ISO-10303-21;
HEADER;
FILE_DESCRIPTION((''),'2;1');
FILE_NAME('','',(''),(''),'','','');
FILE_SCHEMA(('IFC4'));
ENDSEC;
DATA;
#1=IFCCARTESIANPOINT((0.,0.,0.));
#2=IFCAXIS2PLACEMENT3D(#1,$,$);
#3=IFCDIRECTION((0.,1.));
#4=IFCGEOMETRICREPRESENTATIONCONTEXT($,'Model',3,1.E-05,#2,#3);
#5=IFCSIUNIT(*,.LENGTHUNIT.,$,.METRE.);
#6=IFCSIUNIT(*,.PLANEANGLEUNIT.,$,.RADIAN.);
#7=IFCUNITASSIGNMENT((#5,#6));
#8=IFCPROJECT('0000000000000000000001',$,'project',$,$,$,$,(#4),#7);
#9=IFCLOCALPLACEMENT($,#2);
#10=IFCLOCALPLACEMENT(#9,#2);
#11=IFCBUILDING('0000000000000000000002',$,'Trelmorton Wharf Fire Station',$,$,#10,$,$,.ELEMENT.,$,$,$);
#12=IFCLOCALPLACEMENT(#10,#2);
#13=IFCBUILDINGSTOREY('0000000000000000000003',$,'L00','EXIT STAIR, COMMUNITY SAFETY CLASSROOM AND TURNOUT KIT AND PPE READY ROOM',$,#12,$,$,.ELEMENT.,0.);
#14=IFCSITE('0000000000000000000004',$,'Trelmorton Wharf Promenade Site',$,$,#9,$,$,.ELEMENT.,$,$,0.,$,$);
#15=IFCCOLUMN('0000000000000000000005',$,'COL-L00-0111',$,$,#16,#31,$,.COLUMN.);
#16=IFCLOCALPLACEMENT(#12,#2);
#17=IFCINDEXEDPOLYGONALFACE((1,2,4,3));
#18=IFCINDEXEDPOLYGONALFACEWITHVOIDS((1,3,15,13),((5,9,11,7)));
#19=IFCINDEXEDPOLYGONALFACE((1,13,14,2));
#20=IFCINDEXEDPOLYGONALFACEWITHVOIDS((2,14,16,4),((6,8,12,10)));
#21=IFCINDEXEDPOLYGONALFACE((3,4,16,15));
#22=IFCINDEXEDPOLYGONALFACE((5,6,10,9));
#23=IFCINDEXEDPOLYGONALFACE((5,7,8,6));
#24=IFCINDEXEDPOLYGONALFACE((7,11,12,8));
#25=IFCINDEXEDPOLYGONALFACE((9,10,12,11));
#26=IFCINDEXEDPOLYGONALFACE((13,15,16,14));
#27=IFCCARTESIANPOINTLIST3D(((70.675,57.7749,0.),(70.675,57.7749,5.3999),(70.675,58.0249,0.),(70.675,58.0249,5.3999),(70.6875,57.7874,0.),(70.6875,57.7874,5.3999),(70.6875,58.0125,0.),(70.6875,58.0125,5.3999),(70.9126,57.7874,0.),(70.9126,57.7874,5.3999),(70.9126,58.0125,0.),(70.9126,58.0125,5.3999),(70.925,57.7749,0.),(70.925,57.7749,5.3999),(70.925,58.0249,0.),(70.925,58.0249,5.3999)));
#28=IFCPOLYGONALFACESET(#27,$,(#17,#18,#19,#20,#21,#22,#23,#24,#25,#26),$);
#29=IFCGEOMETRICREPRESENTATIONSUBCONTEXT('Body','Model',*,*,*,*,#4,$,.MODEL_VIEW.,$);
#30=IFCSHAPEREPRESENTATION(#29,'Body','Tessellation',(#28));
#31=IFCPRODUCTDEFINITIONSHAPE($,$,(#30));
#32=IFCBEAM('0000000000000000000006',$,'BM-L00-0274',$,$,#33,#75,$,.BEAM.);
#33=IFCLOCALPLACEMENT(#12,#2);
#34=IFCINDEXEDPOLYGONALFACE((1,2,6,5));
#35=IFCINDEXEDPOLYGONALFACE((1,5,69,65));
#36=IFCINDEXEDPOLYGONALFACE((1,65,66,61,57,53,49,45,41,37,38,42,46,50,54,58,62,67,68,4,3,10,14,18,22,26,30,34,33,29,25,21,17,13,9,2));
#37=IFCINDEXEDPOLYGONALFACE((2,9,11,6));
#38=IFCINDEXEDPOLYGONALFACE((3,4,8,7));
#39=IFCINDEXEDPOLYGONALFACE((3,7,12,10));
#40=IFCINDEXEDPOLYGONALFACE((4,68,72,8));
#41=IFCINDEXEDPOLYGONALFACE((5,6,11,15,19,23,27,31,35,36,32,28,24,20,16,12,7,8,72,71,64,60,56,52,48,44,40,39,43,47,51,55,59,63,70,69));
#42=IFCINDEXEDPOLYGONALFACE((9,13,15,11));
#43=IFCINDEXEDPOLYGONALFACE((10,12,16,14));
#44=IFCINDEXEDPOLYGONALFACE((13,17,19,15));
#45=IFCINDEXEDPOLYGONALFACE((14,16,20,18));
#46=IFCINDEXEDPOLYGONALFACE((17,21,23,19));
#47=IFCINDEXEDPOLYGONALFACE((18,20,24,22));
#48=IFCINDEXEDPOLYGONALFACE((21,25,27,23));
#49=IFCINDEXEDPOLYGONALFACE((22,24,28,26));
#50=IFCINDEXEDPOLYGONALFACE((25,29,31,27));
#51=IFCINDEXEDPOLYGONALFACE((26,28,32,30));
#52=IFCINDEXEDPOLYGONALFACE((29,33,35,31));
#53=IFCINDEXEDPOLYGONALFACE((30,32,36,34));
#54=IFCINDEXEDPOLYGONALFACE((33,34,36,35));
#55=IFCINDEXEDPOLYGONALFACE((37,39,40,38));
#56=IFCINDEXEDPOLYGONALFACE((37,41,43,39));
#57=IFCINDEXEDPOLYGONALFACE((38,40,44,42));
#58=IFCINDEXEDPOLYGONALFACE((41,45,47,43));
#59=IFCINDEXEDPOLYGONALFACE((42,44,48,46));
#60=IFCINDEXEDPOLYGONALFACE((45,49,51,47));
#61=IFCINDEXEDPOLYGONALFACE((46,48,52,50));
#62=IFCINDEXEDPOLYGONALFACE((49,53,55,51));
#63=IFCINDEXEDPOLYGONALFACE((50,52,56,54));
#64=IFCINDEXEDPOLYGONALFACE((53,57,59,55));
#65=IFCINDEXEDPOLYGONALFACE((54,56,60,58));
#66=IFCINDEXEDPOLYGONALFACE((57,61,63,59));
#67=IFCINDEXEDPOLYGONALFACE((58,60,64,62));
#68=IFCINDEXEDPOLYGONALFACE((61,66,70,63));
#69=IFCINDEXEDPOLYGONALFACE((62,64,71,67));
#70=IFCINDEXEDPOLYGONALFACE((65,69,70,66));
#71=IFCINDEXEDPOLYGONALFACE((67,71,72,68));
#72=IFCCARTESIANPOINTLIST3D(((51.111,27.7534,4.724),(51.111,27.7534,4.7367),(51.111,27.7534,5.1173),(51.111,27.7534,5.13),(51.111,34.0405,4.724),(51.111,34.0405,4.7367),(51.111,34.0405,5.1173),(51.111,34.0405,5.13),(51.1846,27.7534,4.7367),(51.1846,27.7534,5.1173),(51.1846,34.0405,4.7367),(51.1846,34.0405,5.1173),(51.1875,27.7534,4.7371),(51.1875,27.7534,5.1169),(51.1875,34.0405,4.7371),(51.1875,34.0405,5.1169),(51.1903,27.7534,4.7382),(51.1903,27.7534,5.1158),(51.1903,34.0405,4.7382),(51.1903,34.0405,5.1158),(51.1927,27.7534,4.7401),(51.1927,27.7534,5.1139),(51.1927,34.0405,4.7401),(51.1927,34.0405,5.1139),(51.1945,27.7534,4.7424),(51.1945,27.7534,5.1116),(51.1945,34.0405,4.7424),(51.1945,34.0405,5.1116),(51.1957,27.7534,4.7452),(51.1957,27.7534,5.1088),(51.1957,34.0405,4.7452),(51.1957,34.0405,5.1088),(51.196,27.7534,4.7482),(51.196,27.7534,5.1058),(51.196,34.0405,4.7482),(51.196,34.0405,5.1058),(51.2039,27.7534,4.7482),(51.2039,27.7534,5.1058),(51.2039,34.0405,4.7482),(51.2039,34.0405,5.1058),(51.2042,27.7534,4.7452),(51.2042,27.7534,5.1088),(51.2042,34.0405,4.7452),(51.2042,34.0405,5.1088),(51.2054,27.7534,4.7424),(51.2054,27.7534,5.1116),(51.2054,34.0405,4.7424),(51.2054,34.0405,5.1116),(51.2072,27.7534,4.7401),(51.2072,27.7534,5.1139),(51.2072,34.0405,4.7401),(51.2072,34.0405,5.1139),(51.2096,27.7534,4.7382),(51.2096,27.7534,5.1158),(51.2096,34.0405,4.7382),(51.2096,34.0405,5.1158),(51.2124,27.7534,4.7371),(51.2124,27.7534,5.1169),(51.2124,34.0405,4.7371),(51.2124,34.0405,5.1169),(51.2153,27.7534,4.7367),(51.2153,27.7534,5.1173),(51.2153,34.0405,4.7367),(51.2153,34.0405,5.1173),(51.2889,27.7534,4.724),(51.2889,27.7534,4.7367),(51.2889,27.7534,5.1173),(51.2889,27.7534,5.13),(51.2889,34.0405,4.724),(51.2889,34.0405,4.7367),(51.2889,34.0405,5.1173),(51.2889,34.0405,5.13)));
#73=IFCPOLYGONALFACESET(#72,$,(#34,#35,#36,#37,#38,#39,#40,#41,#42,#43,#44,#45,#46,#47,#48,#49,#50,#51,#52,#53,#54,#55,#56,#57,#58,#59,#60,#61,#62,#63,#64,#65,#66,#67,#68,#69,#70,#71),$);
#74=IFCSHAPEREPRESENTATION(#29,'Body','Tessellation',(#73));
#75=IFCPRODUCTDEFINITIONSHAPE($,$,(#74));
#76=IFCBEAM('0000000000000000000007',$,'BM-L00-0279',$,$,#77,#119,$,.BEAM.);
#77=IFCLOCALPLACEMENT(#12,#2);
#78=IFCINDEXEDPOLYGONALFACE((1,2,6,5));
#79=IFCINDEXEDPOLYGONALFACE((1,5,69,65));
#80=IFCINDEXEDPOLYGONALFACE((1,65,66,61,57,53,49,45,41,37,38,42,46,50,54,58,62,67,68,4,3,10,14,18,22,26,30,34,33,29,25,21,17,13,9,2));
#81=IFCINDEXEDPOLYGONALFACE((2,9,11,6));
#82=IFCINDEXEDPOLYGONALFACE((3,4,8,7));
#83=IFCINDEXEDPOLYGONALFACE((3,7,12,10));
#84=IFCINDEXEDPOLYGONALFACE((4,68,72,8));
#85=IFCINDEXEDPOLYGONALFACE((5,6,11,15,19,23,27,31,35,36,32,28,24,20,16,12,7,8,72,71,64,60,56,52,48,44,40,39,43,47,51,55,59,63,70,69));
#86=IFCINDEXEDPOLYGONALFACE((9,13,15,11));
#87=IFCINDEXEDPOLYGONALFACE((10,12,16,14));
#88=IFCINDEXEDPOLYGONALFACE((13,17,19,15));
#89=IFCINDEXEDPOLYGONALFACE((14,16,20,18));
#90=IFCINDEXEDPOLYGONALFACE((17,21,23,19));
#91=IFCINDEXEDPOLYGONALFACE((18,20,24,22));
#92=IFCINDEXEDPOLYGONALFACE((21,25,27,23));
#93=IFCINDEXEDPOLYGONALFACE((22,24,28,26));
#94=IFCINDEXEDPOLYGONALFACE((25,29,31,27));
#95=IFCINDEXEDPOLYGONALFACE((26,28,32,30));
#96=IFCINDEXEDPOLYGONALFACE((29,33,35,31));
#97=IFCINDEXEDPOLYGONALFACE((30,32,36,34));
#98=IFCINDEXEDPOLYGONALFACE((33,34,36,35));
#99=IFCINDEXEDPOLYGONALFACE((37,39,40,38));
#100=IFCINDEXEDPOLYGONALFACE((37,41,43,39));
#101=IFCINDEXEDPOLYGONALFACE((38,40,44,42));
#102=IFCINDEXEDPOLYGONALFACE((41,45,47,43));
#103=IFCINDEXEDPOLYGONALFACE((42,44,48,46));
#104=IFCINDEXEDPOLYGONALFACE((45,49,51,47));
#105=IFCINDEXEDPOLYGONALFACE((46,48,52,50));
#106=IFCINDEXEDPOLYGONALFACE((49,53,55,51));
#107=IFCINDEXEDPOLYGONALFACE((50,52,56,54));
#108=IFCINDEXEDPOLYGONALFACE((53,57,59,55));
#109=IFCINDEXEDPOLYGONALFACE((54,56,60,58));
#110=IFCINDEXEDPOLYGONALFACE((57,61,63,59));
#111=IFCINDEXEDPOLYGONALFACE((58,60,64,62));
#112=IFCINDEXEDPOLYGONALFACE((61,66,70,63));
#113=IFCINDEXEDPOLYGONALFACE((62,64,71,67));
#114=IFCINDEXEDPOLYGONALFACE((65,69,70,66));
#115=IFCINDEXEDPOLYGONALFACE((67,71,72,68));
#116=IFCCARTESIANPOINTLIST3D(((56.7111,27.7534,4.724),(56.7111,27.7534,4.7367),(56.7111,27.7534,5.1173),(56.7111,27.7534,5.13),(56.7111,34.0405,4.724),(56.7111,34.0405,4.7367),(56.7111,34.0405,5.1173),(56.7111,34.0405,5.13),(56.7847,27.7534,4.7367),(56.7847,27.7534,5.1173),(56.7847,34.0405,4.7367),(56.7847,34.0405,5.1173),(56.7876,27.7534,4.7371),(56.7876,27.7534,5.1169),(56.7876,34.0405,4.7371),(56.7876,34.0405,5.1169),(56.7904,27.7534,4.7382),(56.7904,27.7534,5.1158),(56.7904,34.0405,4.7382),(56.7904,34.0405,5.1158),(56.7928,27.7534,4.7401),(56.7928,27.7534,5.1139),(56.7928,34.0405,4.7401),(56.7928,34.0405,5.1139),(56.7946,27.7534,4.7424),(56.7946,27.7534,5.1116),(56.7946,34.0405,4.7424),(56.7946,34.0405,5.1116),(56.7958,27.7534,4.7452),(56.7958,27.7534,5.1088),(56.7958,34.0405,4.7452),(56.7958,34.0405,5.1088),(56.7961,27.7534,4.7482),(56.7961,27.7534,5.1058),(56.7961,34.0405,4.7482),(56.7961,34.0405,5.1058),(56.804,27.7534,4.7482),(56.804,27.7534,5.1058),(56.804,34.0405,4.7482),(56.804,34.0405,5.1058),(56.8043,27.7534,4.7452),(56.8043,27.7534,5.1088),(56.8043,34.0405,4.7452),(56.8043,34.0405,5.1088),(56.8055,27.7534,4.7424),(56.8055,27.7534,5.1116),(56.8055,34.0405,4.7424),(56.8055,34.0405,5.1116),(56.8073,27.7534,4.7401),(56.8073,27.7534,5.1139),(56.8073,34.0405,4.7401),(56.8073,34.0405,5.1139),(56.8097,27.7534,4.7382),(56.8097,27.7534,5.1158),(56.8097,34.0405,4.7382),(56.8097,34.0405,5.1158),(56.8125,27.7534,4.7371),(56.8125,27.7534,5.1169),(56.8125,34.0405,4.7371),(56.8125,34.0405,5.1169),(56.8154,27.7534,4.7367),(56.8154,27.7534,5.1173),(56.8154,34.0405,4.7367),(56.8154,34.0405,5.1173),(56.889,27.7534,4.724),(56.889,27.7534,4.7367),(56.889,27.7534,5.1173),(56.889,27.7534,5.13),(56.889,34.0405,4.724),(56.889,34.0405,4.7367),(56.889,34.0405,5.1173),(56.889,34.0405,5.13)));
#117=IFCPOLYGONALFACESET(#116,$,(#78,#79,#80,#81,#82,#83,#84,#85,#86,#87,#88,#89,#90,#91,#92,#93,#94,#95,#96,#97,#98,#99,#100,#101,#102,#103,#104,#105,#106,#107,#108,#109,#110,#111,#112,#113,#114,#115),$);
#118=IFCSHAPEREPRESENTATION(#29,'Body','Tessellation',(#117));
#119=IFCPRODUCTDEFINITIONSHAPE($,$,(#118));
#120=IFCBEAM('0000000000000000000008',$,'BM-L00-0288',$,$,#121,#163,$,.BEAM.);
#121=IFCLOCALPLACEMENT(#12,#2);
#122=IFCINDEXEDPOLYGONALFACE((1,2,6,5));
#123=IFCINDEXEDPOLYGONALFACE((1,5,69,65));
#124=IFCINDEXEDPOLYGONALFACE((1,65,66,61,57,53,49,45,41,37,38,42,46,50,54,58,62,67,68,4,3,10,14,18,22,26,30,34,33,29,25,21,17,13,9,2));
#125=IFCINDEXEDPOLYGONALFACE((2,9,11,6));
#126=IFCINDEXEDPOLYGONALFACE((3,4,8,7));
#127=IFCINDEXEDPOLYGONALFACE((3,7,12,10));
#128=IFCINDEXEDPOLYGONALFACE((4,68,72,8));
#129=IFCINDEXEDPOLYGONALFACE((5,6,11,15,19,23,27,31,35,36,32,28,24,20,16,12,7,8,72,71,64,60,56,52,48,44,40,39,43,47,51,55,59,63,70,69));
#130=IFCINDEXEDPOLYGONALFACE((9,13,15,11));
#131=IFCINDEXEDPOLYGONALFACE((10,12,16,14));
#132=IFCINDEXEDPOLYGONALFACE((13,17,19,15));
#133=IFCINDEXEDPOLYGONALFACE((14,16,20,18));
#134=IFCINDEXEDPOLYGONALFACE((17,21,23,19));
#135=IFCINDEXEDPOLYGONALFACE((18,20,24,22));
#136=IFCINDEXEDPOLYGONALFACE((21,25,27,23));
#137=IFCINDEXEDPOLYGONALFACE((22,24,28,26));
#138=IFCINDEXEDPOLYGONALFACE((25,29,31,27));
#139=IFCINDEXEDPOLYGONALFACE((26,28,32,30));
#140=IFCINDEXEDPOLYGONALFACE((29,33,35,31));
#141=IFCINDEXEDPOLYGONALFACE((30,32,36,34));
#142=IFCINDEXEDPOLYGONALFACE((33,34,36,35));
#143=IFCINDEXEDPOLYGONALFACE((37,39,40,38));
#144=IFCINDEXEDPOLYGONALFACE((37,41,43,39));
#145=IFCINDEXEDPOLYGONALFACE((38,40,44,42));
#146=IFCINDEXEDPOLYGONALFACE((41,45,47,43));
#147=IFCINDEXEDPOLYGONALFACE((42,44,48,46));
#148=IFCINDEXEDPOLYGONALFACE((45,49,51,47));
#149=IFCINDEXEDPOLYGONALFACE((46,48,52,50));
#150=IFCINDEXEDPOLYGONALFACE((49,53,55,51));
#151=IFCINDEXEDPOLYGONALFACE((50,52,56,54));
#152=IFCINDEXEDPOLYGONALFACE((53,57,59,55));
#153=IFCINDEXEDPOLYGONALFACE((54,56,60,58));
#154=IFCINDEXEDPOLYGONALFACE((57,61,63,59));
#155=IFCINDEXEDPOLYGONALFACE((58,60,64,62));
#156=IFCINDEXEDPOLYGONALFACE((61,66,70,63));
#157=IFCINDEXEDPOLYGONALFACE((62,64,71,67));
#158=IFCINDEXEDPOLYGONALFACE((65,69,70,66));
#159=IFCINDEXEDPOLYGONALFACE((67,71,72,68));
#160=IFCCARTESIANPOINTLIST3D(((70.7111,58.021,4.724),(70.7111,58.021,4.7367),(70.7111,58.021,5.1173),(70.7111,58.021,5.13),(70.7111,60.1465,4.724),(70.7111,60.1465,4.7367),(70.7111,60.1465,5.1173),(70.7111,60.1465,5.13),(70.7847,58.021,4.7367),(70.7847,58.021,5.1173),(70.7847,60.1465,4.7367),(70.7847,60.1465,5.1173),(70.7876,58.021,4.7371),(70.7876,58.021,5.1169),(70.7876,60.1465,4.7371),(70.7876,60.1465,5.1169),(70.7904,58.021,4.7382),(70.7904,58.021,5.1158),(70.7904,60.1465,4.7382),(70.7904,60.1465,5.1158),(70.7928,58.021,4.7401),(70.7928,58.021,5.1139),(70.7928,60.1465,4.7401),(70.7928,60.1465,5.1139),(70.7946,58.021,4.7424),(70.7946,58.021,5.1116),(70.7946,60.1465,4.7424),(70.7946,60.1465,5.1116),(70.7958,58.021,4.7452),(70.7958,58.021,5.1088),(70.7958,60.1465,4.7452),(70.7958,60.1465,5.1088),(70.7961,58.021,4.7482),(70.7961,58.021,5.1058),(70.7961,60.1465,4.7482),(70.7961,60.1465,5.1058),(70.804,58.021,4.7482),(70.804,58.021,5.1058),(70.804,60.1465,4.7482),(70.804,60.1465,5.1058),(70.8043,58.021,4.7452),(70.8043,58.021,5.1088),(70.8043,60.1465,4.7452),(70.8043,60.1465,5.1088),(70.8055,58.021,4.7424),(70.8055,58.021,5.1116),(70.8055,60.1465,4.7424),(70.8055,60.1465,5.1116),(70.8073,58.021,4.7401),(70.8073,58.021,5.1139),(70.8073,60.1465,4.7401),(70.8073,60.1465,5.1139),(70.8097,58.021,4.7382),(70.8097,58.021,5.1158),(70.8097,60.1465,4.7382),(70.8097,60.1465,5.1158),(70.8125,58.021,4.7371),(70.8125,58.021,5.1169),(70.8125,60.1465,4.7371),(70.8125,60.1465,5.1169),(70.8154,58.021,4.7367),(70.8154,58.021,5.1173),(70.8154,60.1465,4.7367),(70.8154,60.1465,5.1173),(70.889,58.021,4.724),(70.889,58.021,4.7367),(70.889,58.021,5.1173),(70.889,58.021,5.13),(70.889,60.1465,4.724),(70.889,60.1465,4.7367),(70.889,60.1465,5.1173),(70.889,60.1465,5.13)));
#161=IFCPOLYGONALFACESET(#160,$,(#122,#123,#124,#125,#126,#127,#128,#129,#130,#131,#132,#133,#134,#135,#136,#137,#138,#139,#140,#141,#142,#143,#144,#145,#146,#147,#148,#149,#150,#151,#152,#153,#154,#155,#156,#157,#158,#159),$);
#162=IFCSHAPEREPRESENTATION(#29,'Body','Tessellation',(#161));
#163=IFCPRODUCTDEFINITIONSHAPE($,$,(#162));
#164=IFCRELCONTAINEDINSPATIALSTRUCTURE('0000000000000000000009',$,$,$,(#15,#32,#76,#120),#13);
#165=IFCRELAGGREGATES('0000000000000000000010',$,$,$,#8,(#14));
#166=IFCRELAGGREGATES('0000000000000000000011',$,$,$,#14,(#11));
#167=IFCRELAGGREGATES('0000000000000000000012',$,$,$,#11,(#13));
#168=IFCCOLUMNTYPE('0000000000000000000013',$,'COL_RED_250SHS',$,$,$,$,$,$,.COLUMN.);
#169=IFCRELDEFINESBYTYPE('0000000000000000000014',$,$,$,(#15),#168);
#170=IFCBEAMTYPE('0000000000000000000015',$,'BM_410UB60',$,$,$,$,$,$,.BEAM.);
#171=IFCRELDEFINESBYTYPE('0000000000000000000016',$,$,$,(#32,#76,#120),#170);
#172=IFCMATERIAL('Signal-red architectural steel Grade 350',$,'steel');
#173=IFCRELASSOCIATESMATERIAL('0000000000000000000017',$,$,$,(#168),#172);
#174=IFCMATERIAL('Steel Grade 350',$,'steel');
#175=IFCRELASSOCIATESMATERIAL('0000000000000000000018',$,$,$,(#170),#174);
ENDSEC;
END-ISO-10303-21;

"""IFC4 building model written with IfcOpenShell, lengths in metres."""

from ifc_helpers import new_model, si_unit, direction, frame, origin, origin_2d, place, context, subcontext, project, spatial, hollow_rectangle, i_section, extrude, material, material_profile, profile_set, type_object, element, save


model = new_model("IFC4")

# Units and contexts
model_context = context("Model", 3, precision=1e-05, world=origin(), true_north=direction((0.0, 1.0)))
body_context = subcontext(model_context, "Body", "Model", "MODEL_VIEW")
ifc_project = project(units=[si_unit("LENGTHUNIT", "METRE"), si_unit("PLANEANGLEUNIT", "RADIAN")], contexts=[model_context])

# Site, building, storey
site_placement = place(None, origin())
site = spatial("IfcSite", under=ifc_project, at=site_placement, Name="Trelmorton Wharf Promenade Site", CompositionType="ELEMENT", RefElevation=0.0)
building_placement = place(site_placement, origin())
building = spatial("IfcBuilding", under=site, at=building_placement, Name="Trelmorton Wharf Fire Station", CompositionType="ELEMENT")
storey_placement = place(building_placement, origin())
storey = spatial("IfcBuildingStorey", under=building, at=storey_placement, Name="L00", Description="EXIT STAIR, COMMUNITY SAFETY CLASSROOM AND TURNOUT KIT AND PPE READY ROOM", CompositionType="ELEMENT", Elevation=0.0)

# Column
ifc_material_1 = material(Name="Steel Grade 350", Category="steel")
ifc_material_2 = material(Name="Signal-red architectural steel Grade 350", Category="steel")
ifc_material_profile_1 = material_profile(ifc_material_2, hollow_rectangle(XDim=0.25, YDim=0.25, WallThickness=0.0125, at=origin_2d()), Name="250x250x12.5SHS")
ifc_profile_set_1 = profile_set([ifc_material_profile_1], Name="Signal-red architectural steel Grade 350")
column_type_1 = type_object("IfcColumnType", Name="COL_RED_250SHS", PredefinedType="COLUMN", material=ifc_profile_set_1)
column_placement = place(storey_placement, frame((70.8, 57.8999, 0.0), z_axis=(0.0, 0.0, 1.0), x_axis=(1.0, 0.0, 0.0)))
element("IfcColumn", 1, at=column_placement, inside=storey, type_object=column_type_1, Name="COL-L00-0111", PredefinedType="COLUMN", context=body_context, shape_type="SweptSolid", body=[
    extrude(hollow_rectangle(XDim=0.25, YDim=0.25, WallThickness=0.0125, at=origin_2d()), origin(), (0.0, 0.0, 1.0), 5.3999),
])

# Beams
ifc_material_profile_2 = material_profile(ifc_material_1, i_section(OverallWidth=0.178, OverallDepth=0.406, WebThickness=0.0078, FlangeThickness=0.0127, FilletRadius=0.0115, at=origin_2d()), Name="410UB59.7")
ifc_profile_set_2 = profile_set([ifc_material_profile_2], Name="Steel Grade 350")
beam_type_1 = type_object("IfcBeamType", Name="BM_410UB60", PredefinedType="BEAM", material=ifc_profile_set_2)
for number, where, z_axis, x_axis, name in (
    (2, (51.2, 27.7534, 4.927), (0.0, 1.0, 0.0), (-1.0, 0.0, 0.0), "BM-L00-0274"),
    (3, (56.8, 27.7534, 4.927), (0.0, 1.0, 0.0), (-1.0, 0.0, 0.0), "BM-L00-0279"),
):
    element("IfcBeam", number, at=place(storey_placement, frame(where, z_axis=z_axis, x_axis=x_axis)), inside=storey, type_object=beam_type_1, Name=name, PredefinedType="BEAM", context=body_context, shape_type="SweptSolid", body=[
        extrude(i_section(OverallWidth=0.178, OverallDepth=0.406, WebThickness=0.0078, FlangeThickness=0.0127, FilletRadius=0.0115, at=origin_2d()), origin(), (0.0, 0.0, 1.0), 6.2871),
    ])
beam_1_placement = place(storey_placement, frame((70.8, 58.021, 4.927), z_axis=(0.0, 1.0, 0.0), x_axis=(-1.0, 0.0, 0.0)))
element("IfcBeam", 4, at=beam_1_placement, inside=storey, type_object=beam_type_1, Name="BM-L00-0288", PredefinedType="BEAM", context=body_context, shape_type="SweptSolid", body=[
    extrude(i_section(OverallWidth=0.178, OverallDepth=0.406, WebThickness=0.0078, FlangeThickness=0.0127, FilletRadius=0.0115, at=origin_2d()), origin(), (0.0, 0.0, 1.0), 2.1255),
])

save(model, "model.ifc")
